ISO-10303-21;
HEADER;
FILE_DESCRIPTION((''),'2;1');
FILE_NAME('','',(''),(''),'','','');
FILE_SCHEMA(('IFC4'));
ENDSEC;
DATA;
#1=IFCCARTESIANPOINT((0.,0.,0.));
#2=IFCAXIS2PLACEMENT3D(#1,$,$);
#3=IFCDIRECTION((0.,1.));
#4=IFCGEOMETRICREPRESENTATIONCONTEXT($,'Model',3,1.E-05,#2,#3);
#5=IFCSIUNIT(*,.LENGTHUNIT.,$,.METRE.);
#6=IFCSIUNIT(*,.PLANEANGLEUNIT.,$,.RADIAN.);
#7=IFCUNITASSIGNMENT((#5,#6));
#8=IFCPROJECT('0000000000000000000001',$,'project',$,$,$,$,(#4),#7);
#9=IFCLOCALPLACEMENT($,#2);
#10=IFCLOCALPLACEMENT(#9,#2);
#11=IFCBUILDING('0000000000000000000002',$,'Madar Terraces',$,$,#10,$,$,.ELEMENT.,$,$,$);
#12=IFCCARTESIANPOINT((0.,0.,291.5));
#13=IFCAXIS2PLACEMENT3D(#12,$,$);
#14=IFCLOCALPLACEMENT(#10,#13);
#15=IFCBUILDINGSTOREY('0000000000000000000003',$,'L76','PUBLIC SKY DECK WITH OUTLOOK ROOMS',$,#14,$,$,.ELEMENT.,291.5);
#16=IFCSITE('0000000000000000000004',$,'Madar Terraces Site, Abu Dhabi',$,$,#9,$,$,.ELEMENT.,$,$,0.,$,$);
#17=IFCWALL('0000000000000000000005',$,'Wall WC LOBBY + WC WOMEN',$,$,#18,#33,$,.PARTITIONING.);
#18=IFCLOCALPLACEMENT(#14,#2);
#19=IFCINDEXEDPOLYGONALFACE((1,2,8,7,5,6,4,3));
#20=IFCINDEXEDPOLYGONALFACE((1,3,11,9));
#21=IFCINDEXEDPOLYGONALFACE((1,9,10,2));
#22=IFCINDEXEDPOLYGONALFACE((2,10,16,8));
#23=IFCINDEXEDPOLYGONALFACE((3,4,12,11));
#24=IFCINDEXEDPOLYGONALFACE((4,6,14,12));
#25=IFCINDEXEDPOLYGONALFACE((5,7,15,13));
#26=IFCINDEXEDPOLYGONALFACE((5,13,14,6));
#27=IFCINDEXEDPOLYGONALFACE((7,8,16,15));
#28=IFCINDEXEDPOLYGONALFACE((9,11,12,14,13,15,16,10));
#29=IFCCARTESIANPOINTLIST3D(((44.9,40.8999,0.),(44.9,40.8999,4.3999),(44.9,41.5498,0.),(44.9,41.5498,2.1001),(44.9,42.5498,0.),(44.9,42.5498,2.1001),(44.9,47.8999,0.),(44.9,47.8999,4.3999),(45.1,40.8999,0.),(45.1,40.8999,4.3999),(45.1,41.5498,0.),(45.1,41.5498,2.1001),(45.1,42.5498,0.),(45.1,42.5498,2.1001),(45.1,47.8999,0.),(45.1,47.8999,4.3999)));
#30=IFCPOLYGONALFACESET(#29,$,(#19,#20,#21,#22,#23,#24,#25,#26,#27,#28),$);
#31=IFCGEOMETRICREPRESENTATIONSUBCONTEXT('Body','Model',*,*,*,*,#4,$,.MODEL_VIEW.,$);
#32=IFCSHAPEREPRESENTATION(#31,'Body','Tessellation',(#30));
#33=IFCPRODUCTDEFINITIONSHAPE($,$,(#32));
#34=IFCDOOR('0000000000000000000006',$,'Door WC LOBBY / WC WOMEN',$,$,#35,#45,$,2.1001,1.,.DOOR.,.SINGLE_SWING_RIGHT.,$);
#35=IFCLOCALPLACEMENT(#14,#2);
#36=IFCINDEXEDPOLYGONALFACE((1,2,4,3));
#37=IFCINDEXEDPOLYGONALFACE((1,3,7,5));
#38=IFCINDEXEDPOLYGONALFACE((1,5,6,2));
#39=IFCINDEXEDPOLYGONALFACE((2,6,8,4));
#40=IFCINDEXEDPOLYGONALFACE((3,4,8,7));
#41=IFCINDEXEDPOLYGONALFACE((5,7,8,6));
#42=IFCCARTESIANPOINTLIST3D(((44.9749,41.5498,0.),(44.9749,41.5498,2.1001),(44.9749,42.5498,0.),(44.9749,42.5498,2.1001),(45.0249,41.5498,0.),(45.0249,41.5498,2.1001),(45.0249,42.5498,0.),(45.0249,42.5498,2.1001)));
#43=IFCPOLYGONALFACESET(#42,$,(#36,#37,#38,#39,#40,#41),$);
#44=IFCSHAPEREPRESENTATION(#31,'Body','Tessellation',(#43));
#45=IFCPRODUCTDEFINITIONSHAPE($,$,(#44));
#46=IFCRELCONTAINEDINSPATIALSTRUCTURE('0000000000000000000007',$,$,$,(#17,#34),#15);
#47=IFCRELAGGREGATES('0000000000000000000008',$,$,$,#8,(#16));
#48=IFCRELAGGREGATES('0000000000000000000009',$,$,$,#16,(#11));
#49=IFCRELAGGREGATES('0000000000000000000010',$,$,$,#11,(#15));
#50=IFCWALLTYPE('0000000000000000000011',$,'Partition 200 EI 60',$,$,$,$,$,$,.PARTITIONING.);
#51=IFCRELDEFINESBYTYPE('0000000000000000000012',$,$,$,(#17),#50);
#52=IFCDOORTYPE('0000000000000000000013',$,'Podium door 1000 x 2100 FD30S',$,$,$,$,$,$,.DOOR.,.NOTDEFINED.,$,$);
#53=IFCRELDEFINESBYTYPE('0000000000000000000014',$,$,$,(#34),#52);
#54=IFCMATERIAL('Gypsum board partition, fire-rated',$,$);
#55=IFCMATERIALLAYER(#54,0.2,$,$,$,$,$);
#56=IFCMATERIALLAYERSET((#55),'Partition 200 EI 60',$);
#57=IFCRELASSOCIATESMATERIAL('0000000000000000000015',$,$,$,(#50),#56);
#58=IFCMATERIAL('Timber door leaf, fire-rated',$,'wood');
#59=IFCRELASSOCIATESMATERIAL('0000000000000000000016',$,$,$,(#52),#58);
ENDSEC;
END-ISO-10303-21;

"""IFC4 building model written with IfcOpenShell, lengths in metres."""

from ifc_helpers import new_model, si_unit, direction, frame, frame_2d, origin, place, context, subcontext, project, spatial, rectangle, extrude, material, layer, layer_set, type_object, element, fill, save


model = new_model("IFC4")

# Units and contexts
model_context = context("Model", 3, precision=1e-05, world=origin(), true_north=direction((0.0, 1.0)))
body_context = subcontext(model_context, "Body", "Model", "MODEL_VIEW")
ifc_project = project(units=[si_unit("LENGTHUNIT", "METRE"), si_unit("PLANEANGLEUNIT", "RADIAN")], contexts=[model_context])

# Site, building, storey
site_placement = place(None, origin())
site = spatial("IfcSite", under=ifc_project, at=site_placement, Name="Madar Terraces Site, Abu Dhabi", CompositionType="ELEMENT", RefElevation=0.0)
building_placement = place(site_placement, origin())
building = spatial("IfcBuilding", under=site, at=building_placement, Name="Madar Terraces", CompositionType="ELEMENT")
storey_placement = place(building_placement, frame((0.0, 0.0, 291.5)))
storey = spatial("IfcBuildingStorey", under=building, at=storey_placement, Name="L76", Description="PUBLIC SKY DECK WITH OUTLOOK ROOMS", CompositionType="ELEMENT", Elevation=291.5)

# Shared definitions
ifc_material_1 = material(Name="Gypsum board partition, fire-rated")
ifc_layer_1 = layer(ifc_material_1, 0.2)
ifc_layer_set_1 = layer_set([ifc_layer_1], Name="Partition 200 EI 60")
wall_type = type_object("IfcWallType", Name="Partition 200 EI 60", PredefinedType="PARTITIONING", material=ifc_layer_set_1)
ifc_material_2 = material(Name="Timber door leaf, fire-rated", Category="wood")
door_type_1 = type_object("IfcDoorType", Name="Podium door 1000 x 2100 FD30S", OperationType="NOTDEFINED", PredefinedType="DOOR", material=ifc_material_2)

# Wall, opening, door
wall_1_placement = place(storey_placement, frame((45.0, 47.8999, 0.0), z_axis=(0.0, 0.0, 1.0), x_axis=(0.0, -1.0, 0.0)))
wall_1 = element("IfcWall", 1, at=wall_1_placement, inside=storey, type_object=wall_type, Name="Wall WC LOBBY + WC WOMEN", PredefinedType="PARTITIONING", context=body_context, shape_type="SweptSolid", body=[
    extrude(rectangle(XDim=7.0, YDim=0.2, at=frame_2d((3.5, 0.0))), origin(), (0.0, 0.0, 1.0), 4.3999),
])
opening_1_placement = place(wall_1_placement, frame((5.3501, 0.0, 0.0)))
opening_1 = element("IfcOpeningElement", 2, at=opening_1_placement, cuts=wall_1, PredefinedType="OPENING", context=body_context, shape_type="SweptSolid", body=[
    extrude(rectangle(XDim=1.0, YDim=2.1001, at=frame_2d((0.5, 1.05))), frame((0.0, 0.1099, 0.0), z_axis=(0.0, -1.0, 0.0), x_axis=(1.0, 0.0, 0.0)), (0.0, 0.0, 1.0), 0.22),
])
door_1_placement = place(opening_1_placement, origin())
door_1 = element("IfcDoor", 3, at=door_1_placement, inside=storey, type_object=door_type_1, Name="Door WC LOBBY / WC WOMEN", OperationType="SINGLE_SWING_RIGHT", OverallHeight=2.1001, OverallWidth=1.0, PredefinedType="DOOR", context=body_context, shape_type="SweptSolid", body=[
    extrude(rectangle(XDim=1.0, YDim=2.1001, at=frame_2d((0.5, 1.05))), frame((0.0, 0.0249, 0.0), z_axis=(0.0, -1.0, 0.0), x_axis=(1.0, 0.0, 0.0)), (0.0, 0.0, 1.0), 0.05),
])
fill(opening_1, door_1)

save(model, "model.ifc")
